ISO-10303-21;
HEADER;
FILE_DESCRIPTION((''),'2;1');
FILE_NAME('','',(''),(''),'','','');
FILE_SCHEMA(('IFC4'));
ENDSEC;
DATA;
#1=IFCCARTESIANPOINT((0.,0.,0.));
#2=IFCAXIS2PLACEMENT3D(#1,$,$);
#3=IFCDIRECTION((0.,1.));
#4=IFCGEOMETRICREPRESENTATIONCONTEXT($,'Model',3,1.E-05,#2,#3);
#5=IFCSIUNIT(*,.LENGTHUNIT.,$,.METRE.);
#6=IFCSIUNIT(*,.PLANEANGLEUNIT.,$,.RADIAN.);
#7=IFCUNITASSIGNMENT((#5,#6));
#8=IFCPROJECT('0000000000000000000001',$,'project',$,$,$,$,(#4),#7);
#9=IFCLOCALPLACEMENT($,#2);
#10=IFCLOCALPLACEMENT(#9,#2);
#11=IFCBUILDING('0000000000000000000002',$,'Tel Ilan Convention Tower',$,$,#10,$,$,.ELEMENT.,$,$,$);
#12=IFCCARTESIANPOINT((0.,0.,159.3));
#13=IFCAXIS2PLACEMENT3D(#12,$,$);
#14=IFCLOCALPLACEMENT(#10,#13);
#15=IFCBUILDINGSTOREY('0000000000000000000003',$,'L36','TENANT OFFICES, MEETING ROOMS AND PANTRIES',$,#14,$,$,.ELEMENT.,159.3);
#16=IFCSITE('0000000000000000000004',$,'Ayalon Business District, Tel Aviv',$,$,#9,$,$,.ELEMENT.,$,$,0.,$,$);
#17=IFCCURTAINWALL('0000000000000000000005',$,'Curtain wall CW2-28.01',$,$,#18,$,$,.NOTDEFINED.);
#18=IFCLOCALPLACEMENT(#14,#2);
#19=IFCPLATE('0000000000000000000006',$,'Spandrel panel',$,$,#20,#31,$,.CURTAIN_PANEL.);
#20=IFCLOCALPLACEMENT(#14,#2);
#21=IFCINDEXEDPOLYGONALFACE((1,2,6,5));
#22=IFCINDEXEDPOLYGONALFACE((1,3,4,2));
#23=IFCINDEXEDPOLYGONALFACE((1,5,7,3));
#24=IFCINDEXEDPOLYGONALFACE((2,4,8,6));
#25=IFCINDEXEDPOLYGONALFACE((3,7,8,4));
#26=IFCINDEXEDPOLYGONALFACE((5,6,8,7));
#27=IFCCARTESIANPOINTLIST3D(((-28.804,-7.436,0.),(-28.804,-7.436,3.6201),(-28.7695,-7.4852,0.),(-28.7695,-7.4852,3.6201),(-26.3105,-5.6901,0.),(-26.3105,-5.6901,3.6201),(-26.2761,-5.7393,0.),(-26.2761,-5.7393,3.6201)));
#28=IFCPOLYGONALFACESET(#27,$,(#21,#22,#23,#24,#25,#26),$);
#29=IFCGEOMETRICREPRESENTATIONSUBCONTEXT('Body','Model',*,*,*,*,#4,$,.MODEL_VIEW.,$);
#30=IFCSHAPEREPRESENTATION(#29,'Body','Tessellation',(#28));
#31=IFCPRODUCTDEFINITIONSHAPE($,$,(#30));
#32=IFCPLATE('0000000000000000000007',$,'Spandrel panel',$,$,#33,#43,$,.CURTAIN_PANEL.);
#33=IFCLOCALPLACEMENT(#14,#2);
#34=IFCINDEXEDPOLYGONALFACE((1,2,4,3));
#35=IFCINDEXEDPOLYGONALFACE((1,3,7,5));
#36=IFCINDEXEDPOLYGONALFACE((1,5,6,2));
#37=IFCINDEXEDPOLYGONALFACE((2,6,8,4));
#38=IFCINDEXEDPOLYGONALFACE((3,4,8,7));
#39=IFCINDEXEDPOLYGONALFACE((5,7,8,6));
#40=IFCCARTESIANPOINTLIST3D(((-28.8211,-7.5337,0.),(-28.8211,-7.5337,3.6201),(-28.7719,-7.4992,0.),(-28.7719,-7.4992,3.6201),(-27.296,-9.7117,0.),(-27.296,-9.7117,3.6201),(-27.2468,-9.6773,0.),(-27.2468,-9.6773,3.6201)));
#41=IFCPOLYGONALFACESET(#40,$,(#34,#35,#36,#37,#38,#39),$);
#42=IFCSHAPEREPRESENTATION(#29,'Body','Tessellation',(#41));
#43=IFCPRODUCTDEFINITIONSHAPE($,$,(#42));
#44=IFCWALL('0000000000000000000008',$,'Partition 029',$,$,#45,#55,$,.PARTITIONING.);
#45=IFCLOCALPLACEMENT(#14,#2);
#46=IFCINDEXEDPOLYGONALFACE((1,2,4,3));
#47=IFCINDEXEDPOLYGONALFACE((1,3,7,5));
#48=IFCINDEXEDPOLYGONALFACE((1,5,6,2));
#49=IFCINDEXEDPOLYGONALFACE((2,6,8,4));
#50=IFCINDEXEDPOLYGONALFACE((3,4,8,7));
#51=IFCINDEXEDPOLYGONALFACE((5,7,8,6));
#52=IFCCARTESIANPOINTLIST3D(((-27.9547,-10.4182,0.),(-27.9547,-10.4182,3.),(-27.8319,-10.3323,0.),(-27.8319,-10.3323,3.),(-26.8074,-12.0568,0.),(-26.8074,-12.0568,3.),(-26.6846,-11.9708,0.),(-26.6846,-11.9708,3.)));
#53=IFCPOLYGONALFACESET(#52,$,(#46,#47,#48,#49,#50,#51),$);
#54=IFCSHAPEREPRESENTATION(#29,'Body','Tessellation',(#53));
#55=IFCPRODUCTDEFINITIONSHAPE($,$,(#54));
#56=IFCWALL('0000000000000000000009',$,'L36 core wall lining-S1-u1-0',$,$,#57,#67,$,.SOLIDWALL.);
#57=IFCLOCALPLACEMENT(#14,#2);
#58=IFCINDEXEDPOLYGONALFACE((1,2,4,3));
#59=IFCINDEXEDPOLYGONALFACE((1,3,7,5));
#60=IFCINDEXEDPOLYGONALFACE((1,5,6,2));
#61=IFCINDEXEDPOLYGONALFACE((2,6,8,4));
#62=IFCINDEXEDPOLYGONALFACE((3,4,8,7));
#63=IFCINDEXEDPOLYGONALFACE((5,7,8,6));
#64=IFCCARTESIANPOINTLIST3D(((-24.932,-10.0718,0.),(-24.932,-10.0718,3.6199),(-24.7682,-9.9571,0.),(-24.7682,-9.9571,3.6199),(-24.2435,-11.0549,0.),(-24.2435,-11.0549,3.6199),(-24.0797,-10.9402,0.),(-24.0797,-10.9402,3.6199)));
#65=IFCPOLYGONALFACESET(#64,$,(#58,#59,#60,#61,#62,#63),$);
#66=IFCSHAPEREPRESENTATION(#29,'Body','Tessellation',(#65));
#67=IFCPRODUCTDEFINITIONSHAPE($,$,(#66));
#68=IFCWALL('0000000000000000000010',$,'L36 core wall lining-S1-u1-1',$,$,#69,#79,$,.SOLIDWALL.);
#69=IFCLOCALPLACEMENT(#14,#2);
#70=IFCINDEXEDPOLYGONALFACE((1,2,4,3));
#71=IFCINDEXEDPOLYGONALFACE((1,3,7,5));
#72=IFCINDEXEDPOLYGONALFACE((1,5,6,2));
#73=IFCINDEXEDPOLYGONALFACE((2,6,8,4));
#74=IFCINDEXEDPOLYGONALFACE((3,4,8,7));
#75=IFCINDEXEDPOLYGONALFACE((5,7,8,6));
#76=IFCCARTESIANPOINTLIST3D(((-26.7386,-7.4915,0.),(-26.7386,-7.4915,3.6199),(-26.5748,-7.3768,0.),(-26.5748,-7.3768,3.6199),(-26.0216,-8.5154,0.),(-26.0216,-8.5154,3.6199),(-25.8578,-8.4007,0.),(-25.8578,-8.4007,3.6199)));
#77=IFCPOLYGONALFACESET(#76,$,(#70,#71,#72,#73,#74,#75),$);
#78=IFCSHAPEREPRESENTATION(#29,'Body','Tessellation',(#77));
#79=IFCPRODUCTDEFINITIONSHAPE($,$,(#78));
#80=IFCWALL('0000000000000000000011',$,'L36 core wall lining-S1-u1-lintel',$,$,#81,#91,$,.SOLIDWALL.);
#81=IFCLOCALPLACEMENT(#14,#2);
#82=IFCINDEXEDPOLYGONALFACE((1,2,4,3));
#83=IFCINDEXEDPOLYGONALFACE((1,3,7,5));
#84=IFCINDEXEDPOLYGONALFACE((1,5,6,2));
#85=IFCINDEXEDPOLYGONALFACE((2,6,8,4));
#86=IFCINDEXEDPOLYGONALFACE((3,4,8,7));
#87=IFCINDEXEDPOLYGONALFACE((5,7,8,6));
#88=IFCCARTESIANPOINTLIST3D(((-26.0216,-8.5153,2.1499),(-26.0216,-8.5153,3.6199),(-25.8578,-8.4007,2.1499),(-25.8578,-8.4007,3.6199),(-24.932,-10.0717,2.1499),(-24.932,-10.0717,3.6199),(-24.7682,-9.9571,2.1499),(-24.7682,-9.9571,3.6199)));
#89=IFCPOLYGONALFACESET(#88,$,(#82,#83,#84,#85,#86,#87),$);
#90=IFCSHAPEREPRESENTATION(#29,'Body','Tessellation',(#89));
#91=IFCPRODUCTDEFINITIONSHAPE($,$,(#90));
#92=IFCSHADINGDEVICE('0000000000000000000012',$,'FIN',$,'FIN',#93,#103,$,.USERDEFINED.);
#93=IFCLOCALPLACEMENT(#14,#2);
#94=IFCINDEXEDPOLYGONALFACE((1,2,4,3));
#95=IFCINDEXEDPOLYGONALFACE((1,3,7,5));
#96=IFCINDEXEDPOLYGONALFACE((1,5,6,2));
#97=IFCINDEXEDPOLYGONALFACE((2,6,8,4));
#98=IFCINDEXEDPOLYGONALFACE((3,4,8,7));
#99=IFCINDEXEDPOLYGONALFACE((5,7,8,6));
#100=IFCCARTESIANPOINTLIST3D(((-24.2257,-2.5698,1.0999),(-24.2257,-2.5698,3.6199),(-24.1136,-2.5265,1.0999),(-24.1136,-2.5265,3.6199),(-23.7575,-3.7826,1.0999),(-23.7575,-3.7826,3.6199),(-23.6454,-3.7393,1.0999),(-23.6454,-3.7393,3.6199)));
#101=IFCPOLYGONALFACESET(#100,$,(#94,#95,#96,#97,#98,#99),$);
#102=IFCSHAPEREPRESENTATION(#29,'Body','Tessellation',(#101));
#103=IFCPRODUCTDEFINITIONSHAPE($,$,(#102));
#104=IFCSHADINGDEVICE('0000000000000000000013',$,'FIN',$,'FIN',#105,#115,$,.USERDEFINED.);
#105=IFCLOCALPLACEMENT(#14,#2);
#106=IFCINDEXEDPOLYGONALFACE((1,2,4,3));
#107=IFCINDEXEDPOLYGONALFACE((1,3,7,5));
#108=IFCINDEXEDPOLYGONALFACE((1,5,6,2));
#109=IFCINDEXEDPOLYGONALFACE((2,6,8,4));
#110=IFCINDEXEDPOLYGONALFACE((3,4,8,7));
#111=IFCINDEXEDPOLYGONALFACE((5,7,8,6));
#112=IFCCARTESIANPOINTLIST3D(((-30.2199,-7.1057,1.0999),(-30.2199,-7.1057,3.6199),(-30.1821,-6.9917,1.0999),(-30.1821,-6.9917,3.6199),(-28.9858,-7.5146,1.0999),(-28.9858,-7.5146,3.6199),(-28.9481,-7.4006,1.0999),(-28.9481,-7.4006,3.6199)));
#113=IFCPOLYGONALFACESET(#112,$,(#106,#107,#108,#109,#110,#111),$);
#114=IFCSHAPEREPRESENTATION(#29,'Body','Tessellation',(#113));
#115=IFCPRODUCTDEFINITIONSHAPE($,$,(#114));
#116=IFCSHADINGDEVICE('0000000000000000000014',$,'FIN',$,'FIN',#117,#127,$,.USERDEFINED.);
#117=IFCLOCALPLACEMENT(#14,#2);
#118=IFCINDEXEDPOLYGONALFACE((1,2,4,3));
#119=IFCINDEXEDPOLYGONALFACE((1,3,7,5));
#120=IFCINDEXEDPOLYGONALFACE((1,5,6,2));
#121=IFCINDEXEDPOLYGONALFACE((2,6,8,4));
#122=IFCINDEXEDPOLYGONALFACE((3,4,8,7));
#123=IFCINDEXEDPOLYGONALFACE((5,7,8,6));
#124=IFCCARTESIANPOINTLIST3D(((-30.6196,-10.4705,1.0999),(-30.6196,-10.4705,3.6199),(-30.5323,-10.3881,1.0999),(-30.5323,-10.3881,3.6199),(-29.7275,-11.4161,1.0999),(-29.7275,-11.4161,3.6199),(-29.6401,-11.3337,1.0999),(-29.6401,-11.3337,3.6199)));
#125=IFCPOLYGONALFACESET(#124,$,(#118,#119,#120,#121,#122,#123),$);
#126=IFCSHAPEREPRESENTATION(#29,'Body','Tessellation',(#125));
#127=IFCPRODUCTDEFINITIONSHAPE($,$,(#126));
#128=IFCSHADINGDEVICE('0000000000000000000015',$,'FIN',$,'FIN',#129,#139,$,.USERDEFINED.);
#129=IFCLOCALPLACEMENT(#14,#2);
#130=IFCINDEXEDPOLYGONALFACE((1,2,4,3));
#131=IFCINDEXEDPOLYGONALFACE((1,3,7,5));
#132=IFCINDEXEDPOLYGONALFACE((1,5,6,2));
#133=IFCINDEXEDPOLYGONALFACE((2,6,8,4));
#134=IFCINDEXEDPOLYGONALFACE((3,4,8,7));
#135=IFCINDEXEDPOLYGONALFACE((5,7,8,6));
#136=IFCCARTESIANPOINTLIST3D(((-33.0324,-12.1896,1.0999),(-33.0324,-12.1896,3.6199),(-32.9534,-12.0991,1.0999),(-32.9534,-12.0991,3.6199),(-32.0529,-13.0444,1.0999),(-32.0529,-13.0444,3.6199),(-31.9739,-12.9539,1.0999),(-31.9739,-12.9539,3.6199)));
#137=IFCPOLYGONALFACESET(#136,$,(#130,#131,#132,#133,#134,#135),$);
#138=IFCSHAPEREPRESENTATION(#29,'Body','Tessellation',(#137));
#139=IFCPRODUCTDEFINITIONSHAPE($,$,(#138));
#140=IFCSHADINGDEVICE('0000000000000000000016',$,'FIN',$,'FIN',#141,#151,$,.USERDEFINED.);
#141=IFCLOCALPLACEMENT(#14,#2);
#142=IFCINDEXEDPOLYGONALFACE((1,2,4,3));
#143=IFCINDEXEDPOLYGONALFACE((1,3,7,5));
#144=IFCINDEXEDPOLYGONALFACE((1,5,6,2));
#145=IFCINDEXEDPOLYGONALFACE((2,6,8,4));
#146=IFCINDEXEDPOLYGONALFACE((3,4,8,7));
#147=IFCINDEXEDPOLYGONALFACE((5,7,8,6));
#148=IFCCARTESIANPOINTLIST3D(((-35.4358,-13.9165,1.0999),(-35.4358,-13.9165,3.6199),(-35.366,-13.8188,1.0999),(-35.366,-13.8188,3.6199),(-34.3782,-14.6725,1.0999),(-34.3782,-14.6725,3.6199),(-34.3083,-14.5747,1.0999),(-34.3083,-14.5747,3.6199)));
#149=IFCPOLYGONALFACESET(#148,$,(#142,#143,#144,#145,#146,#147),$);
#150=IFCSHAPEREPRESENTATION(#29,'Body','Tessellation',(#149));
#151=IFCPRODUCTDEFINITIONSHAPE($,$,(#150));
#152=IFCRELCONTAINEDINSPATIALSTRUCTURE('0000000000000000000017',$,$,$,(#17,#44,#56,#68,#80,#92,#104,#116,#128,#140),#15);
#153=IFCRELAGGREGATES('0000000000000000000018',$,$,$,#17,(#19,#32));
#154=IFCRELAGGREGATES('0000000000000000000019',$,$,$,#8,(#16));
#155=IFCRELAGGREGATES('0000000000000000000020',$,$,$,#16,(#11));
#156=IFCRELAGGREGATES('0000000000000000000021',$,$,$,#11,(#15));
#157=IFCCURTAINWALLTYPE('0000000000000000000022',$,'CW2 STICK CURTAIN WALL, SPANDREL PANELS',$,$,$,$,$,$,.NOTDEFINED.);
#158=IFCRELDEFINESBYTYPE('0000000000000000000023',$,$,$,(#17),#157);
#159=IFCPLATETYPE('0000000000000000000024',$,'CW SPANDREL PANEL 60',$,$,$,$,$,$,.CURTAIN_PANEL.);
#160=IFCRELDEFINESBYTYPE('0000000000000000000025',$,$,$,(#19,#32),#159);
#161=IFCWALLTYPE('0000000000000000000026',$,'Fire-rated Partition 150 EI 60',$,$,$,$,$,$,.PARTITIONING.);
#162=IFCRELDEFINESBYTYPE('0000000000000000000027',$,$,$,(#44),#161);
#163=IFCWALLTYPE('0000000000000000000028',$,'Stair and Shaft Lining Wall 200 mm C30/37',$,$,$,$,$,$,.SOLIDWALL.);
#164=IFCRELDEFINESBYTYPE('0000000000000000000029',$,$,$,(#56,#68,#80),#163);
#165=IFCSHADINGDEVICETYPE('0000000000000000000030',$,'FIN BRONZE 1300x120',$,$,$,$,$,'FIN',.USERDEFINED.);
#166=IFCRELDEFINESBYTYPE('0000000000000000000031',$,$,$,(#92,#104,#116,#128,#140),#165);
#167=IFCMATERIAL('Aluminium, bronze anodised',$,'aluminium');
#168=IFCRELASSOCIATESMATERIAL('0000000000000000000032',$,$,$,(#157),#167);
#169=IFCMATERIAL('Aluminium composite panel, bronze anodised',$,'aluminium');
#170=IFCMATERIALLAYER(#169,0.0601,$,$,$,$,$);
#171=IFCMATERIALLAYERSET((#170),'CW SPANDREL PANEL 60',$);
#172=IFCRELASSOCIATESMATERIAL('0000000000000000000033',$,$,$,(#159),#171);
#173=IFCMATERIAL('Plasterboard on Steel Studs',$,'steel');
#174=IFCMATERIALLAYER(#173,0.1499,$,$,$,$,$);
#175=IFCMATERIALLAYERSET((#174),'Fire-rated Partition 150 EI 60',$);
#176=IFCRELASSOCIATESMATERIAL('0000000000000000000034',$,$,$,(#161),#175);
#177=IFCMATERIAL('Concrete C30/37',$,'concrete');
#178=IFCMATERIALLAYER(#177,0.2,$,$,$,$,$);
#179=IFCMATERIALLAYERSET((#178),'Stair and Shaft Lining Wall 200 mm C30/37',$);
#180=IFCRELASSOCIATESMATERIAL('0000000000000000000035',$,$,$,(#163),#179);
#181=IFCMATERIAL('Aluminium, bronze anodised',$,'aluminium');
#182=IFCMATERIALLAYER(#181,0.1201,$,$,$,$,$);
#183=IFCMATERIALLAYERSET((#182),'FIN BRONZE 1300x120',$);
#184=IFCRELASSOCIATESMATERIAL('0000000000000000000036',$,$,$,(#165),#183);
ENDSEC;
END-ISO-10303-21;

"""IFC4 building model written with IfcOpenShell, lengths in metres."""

from ifc_helpers import new_model, si_unit, direction, frame, frame_2d, origin, origin_2d, place, context, subcontext, project, spatial, rectangle, extrude, material, layer, layer_set, type_object, element, aggregate, save


model = new_model("IFC4")

# Units and contexts
model_context = context("Model", 3, precision=1e-05, world=origin(), true_north=direction((0.0, 1.0)))
body_context = subcontext(model_context, "Body", "Model", "MODEL_VIEW")
ifc_project = project(units=[si_unit("LENGTHUNIT", "METRE"), si_unit("PLANEANGLEUNIT", "RADIAN")], contexts=[model_context])

# Site, building, storey
site_placement = place(None, origin())
site = spatial("IfcSite", under=ifc_project, at=site_placement, Name="Ayalon Business District, Tel Aviv", CompositionType="ELEMENT", RefElevation=0.0)
building_placement = place(site_placement, origin())
building = spatial("IfcBuilding", under=site, at=building_placement, Name="Tel Ilan Convention Tower", CompositionType="ELEMENT")
storey_placement = place(building_placement, frame((0.0, 0.0, 159.3)))
storey = spatial("IfcBuildingStorey", under=building, at=storey_placement, Name="L36", Description="TENANT OFFICES, MEETING ROOMS AND PANTRIES", CompositionType="ELEMENT", Elevation=159.3)

# Curtain wall
ifc_material_1 = material(Name="Aluminium, bronze anodised", Category="aluminium")
curtain_wall_type_1 = type_object("IfcCurtainWallType", Name="CW2 STICK CURTAIN WALL, SPANDREL PANELS", PredefinedType="NOTDEFINED", material=ifc_material_1)
curtain_wall_1_placement = place(storey_placement, origin())
curtain_wall_1 = element("IfcCurtainWall", 1, at=curtain_wall_1_placement, inside=storey, type_object=curtain_wall_type_1, Name="Curtain wall CW2-28.01", PredefinedType="NOTDEFINED")

# Plates
ifc_material_2 = material(Name="Aluminium composite panel, bronze anodised", Category="aluminium")
ifc_layer_1 = layer(ifc_material_2, 0.0601)
ifc_layer_set_1 = layer_set([ifc_layer_1], Name="CW SPANDREL PANEL 60")
plate_type_1 = type_object("IfcPlateType", Name="CW SPANDREL PANEL 60", PredefinedType="CURTAIN_PANEL", material=ifc_layer_set_1)
plate_1_placement = place(storey_placement, frame((-27.54, -6.5876, 0.0), z_axis=(0.0, 0.0, 1.0), x_axis=(-0.819152, -0.573576, 0.0)))
plate_1 = element("IfcPlate", 2, at=plate_1_placement, type_object=plate_type_1, Name="Spandrel panel", PredefinedType="CURTAIN_PANEL", context=body_context, shape_type="SweptSolid", body=[
    extrude(rectangle(XDim=3.0439, YDim=0.0601, at=origin_2d()), origin(), (0.0, 0.0, 1.0), 3.6201),
])
plate_2_placement = place(storey_placement, frame((-28.0339, -8.6055, 0.0), z_axis=(0.0, 0.0, 1.0), x_axis=(0.573576, -0.819152, 0.0)))
plate_2 = element("IfcPlate", 3, at=plate_2_placement, type_object=plate_type_1, Name="Spandrel panel", PredefinedType="CURTAIN_PANEL", context=body_context, shape_type="SweptSolid", body=[
    extrude(rectangle(XDim=2.6589, YDim=0.0601, at=origin_2d()), origin(), (0.0, 0.0, 1.0), 3.6201),
])
aggregate(curtain_wall_1, [plate_1, plate_2])

# Walls
ifc_material_3 = material(Name="Plasterboard on Steel Studs", Category="steel")
ifc_layer_2 = layer(ifc_material_3, 0.1499)
ifc_layer_set_2 = layer_set([ifc_layer_2], Name="Fire-rated Partition 150 EI 60")
wall_type_1 = type_object("IfcWallType", Name="Fire-rated Partition 150 EI 60", PredefinedType="PARTITIONING", material=ifc_layer_set_2)
wall_1_placement = place(storey_placement, frame((-26.7461, -12.0137, 0.0), z_axis=(0.0, 0.0, 1.0), x_axis=(-0.573569, 0.819157, 0.0)))
element("IfcWall", 4, at=wall_1_placement, inside=storey, type_object=wall_type_1, Name="Partition 029", PredefinedType="PARTITIONING", context=body_context, shape_type="SweptSolid", body=[
    extrude(rectangle(XDim=2.0002, YDim=0.1499, at=frame_2d((1.0, 0.0))), origin(), (0.0, 0.0, 1.0), 3.0),
])
ifc_material_4 = material(Name="Concrete C30/37", Category="concrete")
ifc_layer_3 = layer(ifc_material_4, 0.2)
ifc_layer_set_3 = layer_set([ifc_layer_3], Name="Stair and Shaft Lining Wall 200 mm C30/37")
wall_type_2 = type_object("IfcWallType", Name="Stair and Shaft Lining Wall 200 mm C30/37", PredefinedType="SOLIDWALL", material=ifc_layer_set_3)
wall_2_placement = place(storey_placement, frame((-24.1616, -10.9976, 0.0), z_axis=(0.0, 0.0, 1.0), x_axis=(-0.573613, 0.819127, 0.0)))
element("IfcWall", 5, at=wall_2_placement, inside=storey, type_object=wall_type_2, Name="L36 core wall lining-S1-u1-0", PredefinedType="SOLIDWALL", context=body_context, shape_type="SweptSolid", body=[
    extrude(rectangle(XDim=1.2002, YDim=0.2, at=frame_2d((0.6001, 0.0))), origin(), (0.0, 0.0, 1.0), 3.6199),
])
wall_3_placement = place(storey_placement, frame((-25.9397, -8.458, 0.0), z_axis=(0.0, 0.0, 1.0), x_axis=(-0.57362, 0.819122, 0.0)))
element("IfcWall", 6, at=wall_3_placement, inside=storey, type_object=wall_type_2, Name="L36 core wall lining-S1-u1-1", PredefinedType="SOLIDWALL", context=body_context, shape_type="SweptSolid", body=[
    extrude(rectangle(XDim=1.25, YDim=0.2, at=frame_2d((0.625, 0.0))), origin(), (0.0, 0.0, 1.0), 3.6199),
])
wall_4_placement = place(storey_placement, frame((-24.8501, -10.0144, 2.1499), z_axis=(0.0, 0.0, 1.0), x_axis=(-0.573505, 0.819202, 0.0)))
element("IfcWall", 7, at=wall_4_placement, inside=storey, type_object=wall_type_2, Name="L36 core wall lining-S1-u1-lintel", PredefinedType="SOLIDWALL", context=body_context, shape_type="SweptSolid", body=[
    extrude(rectangle(XDim=1.8999, YDim=0.2, at=frame_2d((0.95, 0.0))), origin(), (0.0, 0.0, 1.0), 1.47),
])

# Shading devices
ifc_material_5 = material(Name="Aluminium, bronze anodised", Category="aluminium")
ifc_layer_4 = layer(ifc_material_5, 0.1201)
ifc_layer_set_4 = layer_set([ifc_layer_4], Name="FIN BRONZE 1300x120")
shading_device_type = type_object("IfcShadingDeviceType", Name="FIN BRONZE 1300x120", ElementType="FIN", PredefinedType="USERDEFINED", material=ifc_layer_set_4)
for number, where, z_axis, x_axis, name in (
    (8, (-23.9355, -3.1545, 1.0999), (0.0, 0.0, 1.0), (-0.360178, 0.932884, 0.0), "FIN"),
    (9, (-29.584, -7.2532, 1.0999), (0.0, 0.0, 1.0), (-0.949243, 0.314545, 0.0), "FIN"),
    (10, (-30.1299, -10.9021, 1.0999), (0.0, 0.0, 1.0), (-0.686242, 0.727374, 0.0), "FIN"),
    (11, (-32.5032, -12.5718, 1.0999), (0.0, 0.0, 1.0), (-0.753436, 0.657521, 0.0), "FIN"),
    (12, (-34.8721, -14.2456, 1.0999), (0.0, 0.0, 1.0), (-0.813552, 0.581492, 0.0), "FIN"),
):
    element("IfcShadingDevice", number, at=place(storey_placement, frame(where, z_axis=z_axis, x_axis=x_axis)), inside=storey, type_object=shading_device_type, Name=name, ObjectType="FIN", PredefinedType="USERDEFINED", context=body_context, shape_type="SweptSolid", body=[
        extrude(rectangle(XDim=1.3, YDim=0.1201, at=origin_2d()), origin(), (0.0, 0.0, 1.0), 2.52),
    ])

save(model, "model.ifc")
